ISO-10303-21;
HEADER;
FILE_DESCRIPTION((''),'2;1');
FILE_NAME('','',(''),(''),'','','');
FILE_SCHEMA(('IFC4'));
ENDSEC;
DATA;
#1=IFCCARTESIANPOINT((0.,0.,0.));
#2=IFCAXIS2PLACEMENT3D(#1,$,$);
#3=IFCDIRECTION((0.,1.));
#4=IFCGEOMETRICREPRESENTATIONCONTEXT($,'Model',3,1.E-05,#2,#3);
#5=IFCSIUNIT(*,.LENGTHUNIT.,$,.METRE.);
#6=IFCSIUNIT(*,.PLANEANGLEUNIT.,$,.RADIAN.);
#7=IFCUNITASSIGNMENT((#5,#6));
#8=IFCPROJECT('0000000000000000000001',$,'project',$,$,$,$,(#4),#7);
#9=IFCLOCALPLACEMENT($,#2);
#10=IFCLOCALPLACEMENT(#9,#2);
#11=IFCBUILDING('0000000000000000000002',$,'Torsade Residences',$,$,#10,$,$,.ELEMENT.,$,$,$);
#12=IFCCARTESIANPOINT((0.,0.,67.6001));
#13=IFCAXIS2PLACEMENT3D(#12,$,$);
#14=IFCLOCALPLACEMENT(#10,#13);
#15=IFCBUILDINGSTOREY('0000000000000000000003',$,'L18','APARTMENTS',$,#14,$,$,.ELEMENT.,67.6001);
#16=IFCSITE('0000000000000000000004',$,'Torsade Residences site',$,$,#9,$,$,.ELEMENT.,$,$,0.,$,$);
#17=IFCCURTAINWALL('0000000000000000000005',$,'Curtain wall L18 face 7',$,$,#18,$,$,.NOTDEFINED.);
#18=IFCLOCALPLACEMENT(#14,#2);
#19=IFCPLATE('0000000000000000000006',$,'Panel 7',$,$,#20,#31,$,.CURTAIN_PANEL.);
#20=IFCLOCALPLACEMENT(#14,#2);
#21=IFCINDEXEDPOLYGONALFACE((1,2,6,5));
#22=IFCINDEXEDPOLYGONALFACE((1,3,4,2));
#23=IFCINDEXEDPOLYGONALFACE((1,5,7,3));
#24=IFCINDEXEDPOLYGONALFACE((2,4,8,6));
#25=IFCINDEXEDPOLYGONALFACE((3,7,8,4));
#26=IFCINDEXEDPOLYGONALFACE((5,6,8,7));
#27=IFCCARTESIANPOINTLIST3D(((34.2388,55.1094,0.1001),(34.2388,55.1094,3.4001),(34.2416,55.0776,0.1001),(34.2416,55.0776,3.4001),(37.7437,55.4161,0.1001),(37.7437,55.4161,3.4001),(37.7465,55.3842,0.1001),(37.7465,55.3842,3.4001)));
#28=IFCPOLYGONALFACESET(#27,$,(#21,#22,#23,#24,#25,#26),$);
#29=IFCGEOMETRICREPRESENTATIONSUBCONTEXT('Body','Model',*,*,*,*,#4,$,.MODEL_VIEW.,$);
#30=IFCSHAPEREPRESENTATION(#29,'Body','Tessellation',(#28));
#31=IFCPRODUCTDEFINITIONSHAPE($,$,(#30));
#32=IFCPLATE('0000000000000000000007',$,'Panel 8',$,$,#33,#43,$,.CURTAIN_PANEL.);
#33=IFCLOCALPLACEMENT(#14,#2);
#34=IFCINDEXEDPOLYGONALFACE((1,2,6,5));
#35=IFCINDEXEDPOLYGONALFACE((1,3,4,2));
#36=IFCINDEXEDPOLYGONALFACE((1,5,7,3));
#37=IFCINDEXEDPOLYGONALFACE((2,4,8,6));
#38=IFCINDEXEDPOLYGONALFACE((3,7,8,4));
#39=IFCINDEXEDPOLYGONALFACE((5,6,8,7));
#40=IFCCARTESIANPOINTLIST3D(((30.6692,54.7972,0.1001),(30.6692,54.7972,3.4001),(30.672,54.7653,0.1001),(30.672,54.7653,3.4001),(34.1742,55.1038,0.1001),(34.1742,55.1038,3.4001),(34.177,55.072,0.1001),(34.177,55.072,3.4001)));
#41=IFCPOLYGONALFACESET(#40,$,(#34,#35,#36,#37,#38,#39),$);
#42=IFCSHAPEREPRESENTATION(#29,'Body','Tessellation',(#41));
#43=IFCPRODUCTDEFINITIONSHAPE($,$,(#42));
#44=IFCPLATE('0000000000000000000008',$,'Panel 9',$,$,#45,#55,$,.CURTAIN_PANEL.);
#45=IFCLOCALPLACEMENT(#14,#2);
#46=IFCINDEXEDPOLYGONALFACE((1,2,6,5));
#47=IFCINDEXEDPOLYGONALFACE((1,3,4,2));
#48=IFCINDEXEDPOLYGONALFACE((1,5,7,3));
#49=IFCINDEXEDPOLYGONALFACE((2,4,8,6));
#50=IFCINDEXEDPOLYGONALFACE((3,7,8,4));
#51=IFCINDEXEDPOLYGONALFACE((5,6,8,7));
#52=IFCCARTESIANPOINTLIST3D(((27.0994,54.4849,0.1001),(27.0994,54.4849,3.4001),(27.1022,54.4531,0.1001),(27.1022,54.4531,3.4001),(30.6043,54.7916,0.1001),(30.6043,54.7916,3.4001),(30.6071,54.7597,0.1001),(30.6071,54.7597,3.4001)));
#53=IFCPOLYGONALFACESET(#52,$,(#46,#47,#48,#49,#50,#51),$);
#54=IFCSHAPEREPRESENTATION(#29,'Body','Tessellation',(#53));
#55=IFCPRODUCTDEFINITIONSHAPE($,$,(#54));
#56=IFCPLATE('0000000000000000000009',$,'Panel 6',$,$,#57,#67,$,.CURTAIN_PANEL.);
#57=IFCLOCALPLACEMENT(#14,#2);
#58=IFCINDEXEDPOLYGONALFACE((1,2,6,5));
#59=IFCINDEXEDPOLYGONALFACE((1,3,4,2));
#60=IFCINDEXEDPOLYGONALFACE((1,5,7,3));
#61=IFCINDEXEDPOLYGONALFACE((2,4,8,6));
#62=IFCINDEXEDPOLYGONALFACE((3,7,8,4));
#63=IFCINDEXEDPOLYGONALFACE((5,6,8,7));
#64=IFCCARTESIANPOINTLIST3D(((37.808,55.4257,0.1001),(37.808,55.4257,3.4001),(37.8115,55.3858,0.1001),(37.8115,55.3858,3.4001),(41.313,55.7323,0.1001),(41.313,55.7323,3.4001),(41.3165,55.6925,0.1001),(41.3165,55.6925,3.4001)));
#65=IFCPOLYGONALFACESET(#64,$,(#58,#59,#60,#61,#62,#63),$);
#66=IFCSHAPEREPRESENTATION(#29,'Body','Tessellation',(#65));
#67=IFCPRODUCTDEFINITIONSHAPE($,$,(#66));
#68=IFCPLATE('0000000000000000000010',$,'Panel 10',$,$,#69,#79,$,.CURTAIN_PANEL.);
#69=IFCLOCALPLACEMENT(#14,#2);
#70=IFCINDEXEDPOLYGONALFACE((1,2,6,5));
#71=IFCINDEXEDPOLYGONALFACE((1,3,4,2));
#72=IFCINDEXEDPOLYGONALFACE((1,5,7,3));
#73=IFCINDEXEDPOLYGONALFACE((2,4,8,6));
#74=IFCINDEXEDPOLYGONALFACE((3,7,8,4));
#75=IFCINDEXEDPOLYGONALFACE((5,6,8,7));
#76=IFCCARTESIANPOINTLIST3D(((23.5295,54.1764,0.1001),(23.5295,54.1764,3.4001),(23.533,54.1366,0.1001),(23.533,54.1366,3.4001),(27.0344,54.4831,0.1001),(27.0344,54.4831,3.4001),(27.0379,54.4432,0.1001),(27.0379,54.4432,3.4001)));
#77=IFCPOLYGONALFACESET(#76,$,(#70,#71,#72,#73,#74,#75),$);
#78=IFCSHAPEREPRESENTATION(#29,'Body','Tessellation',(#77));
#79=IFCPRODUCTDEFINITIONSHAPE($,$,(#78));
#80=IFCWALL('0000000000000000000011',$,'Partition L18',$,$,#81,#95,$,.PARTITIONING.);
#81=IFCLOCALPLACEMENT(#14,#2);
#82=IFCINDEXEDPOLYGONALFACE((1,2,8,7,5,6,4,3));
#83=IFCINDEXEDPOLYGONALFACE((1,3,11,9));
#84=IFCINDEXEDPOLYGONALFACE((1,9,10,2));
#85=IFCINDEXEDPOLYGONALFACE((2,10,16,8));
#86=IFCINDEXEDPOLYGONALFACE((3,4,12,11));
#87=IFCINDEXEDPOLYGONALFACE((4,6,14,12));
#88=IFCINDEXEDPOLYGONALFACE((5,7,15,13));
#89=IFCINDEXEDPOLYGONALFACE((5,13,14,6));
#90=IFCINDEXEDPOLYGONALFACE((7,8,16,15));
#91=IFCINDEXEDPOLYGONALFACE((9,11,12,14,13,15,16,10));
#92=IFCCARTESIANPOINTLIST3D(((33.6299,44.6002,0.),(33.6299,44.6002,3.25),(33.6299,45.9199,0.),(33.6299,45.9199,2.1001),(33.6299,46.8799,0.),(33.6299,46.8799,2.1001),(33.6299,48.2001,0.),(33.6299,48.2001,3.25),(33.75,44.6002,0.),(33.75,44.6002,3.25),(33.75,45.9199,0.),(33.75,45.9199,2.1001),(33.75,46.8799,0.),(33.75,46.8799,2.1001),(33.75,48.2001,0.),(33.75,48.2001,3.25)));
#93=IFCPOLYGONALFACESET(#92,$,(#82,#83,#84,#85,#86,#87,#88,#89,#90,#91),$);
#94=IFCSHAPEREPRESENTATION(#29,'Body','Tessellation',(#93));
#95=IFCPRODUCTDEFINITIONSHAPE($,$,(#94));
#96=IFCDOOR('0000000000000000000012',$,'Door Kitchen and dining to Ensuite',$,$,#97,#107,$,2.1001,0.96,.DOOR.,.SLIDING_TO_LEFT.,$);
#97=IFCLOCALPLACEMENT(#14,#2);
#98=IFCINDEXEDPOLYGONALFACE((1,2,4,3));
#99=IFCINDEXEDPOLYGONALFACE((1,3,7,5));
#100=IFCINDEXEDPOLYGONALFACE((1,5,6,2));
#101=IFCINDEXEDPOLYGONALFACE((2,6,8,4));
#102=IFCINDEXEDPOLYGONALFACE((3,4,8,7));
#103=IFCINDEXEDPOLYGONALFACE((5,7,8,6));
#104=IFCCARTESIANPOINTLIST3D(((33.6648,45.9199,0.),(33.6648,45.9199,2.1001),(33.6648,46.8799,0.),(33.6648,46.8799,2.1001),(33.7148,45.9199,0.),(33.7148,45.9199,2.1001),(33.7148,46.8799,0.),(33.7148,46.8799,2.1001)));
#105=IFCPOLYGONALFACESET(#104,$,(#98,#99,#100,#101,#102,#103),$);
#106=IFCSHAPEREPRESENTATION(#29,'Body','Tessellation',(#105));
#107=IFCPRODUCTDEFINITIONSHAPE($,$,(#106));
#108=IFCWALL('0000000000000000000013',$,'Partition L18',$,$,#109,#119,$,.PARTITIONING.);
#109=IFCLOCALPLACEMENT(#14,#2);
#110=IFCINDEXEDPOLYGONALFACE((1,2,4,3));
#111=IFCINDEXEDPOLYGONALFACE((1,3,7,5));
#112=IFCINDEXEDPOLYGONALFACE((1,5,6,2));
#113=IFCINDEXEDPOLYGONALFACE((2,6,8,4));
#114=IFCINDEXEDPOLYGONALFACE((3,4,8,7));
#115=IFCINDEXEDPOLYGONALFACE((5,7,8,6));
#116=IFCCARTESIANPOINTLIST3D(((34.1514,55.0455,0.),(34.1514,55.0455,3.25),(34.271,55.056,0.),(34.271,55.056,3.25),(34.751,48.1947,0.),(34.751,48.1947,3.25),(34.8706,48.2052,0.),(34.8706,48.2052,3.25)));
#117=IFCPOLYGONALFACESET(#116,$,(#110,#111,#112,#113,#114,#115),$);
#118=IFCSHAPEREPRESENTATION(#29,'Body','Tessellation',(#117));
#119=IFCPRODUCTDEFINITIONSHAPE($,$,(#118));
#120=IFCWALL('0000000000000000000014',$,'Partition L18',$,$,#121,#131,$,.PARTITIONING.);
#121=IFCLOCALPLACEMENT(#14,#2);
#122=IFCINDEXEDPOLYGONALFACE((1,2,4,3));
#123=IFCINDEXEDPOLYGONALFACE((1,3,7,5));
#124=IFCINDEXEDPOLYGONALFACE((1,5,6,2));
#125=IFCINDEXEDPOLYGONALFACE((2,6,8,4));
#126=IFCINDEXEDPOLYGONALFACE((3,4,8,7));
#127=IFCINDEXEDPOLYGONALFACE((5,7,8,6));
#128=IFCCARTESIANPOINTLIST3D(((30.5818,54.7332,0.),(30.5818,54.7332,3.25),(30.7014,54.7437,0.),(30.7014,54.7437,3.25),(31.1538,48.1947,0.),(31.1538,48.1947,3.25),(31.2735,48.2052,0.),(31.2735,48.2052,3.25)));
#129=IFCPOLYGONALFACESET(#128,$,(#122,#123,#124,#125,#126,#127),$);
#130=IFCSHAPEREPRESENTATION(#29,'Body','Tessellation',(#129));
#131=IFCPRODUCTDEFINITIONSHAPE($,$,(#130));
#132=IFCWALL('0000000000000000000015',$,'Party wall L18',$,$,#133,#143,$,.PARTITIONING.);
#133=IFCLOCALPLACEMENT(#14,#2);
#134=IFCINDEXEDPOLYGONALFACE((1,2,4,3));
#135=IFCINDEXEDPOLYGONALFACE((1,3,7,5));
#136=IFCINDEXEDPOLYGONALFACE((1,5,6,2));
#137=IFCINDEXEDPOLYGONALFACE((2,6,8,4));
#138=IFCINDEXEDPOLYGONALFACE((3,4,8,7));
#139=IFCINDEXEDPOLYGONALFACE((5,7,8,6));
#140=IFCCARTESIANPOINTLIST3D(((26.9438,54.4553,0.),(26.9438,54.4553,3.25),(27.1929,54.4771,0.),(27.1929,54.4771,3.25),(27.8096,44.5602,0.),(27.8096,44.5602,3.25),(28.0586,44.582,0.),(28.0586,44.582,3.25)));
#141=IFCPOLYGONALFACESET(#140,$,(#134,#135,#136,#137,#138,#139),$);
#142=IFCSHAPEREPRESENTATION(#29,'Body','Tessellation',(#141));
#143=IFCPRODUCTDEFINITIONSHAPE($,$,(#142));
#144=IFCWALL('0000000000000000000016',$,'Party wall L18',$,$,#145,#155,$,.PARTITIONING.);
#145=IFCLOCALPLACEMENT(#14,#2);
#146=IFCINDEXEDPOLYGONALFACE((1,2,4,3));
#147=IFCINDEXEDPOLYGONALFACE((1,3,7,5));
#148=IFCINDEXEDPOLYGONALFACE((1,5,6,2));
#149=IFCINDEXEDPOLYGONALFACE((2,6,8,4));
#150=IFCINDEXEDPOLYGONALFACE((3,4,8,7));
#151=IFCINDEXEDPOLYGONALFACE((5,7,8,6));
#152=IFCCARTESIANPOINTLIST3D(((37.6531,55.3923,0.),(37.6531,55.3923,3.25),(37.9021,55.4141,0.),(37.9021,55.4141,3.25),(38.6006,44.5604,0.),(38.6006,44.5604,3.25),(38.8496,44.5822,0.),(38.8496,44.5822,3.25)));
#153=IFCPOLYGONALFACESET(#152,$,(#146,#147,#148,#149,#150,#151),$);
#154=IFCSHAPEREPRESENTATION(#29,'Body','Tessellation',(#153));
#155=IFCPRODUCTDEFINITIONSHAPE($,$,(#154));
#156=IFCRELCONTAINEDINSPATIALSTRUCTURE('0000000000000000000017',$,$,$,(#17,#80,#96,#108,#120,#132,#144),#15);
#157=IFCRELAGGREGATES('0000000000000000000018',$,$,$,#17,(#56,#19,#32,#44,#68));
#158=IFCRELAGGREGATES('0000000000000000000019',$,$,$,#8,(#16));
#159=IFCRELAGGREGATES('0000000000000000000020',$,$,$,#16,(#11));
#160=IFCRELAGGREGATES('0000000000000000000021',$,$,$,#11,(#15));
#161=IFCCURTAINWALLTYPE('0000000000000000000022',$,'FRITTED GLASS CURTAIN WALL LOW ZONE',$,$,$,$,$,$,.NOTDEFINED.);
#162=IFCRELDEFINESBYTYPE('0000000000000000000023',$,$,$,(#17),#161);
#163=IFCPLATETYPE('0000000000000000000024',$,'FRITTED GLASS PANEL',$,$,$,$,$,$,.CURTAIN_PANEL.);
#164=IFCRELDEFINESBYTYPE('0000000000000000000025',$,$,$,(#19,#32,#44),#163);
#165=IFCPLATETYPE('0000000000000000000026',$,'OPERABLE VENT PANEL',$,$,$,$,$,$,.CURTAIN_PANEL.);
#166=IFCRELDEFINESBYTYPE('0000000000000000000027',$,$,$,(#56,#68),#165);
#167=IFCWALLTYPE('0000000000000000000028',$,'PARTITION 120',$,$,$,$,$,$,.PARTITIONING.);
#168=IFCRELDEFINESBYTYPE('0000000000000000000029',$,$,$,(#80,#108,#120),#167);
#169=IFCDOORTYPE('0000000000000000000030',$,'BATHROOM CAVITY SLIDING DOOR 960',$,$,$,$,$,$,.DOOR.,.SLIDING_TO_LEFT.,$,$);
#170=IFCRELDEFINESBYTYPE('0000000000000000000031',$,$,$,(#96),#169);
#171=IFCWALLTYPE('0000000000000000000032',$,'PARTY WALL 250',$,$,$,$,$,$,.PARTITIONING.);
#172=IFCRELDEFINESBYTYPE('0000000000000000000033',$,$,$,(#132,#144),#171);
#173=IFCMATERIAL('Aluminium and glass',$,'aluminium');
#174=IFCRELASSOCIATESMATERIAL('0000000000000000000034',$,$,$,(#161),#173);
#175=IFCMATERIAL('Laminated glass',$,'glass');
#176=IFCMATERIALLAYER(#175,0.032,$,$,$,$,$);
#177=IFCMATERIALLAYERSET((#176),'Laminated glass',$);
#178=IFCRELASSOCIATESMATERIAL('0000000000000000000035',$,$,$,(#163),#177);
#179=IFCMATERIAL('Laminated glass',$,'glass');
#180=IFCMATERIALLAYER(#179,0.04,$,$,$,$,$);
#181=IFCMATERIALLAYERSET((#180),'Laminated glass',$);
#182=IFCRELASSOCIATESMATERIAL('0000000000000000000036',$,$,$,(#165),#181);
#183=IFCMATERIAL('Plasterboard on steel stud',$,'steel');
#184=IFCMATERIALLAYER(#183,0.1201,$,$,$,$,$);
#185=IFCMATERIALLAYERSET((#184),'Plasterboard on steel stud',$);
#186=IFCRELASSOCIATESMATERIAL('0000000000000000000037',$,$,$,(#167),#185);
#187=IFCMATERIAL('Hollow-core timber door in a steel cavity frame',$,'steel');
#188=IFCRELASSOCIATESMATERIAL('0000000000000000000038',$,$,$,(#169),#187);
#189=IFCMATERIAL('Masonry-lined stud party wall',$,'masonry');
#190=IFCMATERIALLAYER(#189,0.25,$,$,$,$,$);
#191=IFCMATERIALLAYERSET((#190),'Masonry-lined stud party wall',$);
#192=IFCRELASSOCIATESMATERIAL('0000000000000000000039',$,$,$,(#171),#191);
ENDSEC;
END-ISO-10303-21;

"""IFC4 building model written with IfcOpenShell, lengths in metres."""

from ifc_helpers import new_model, si_unit, direction, frame, frame_2d, origin, origin_2d, place, context, subcontext, project, spatial, rectangle, extrude, material, layer, layer_set, type_object, element, fill, aggregate, save


model = new_model("IFC4")

# Units and contexts
model_context = context("Model", 3, precision=1e-05, world=origin(), true_north=direction((0.0, 1.0)))
body_context = subcontext(model_context, "Body", "Model", "MODEL_VIEW")
ifc_project = project(units=[si_unit("LENGTHUNIT", "METRE"), si_unit("PLANEANGLEUNIT", "RADIAN")], contexts=[model_context])

# Site, building, storey
site_placement = place(None, origin())
site = spatial("IfcSite", under=ifc_project, at=site_placement, Name="Torsade Residences site", CompositionType="ELEMENT", RefElevation=0.0)
building_placement = place(site_placement, origin())
building = spatial("IfcBuilding", under=site, at=building_placement, Name="Torsade Residences", CompositionType="ELEMENT")
storey_placement = place(building_placement, frame((0.0, 0.0, 67.6001)))
storey = spatial("IfcBuildingStorey", under=building, at=storey_placement, Name="L18", Description="APARTMENTS", CompositionType="ELEMENT", Elevation=67.6001)

# Curtain wall
ifc_material_1 = material(Name="Aluminium and glass", Category="aluminium")
curtain_wall_type = type_object("IfcCurtainWallType", Name="FRITTED GLASS CURTAIN WALL LOW ZONE", PredefinedType="NOTDEFINED", material=ifc_material_1)
curtain_wall_placement = place(storey_placement, origin())
curtain_wall = element("IfcCurtainWall", 1, at=curtain_wall_placement, inside=storey, type_object=curtain_wall_type, Name="Curtain wall L18 face 7", PredefinedType="NOTDEFINED")

# Plates
ifc_material_2 = material(Name="Laminated glass", Category="glass")
ifc_layer_1 = layer(ifc_material_2, 0.032)
ifc_layer_set_1 = layer_set([ifc_layer_1], Name="Laminated glass")
plate_type_1 = type_object("IfcPlateType", Name="FRITTED GLASS PANEL", PredefinedType="CURTAIN_PANEL", material=ifc_layer_set_1)
plate_1_placement = place(storey_placement, frame((35.9927, 55.2468, 0.1001), z_axis=(0.0, 0.0, 1.0), x_axis=(-0.996195, -0.087156, 0.0)))
plate_1 = element("IfcPlate", 2, at=plate_1_placement, type_object=plate_type_1, Name="Panel 7", PredefinedType="CURTAIN_PANEL", context=body_context, shape_type="SweptSolid", body=[
    extrude(rectangle(XDim=3.5183, YDim=0.032, at=origin_2d()), origin(), (0.0, 0.0, 1.0), 3.3),
])
plate_2_placement = place(storey_placement, frame((32.4231, 54.9346, 0.1001), z_axis=(0.0, 0.0, 1.0), x_axis=(-0.996195, -0.087156, 0.0)))
plate_2 = element("IfcPlate", 3, at=plate_2_placement, type_object=plate_type_1, Name="Panel 8", PredefinedType="CURTAIN_PANEL", context=body_context, shape_type="SweptSolid", body=[
    extrude(rectangle(XDim=3.5183, YDim=0.032, at=origin_2d()), origin(), (0.0, 0.0, 1.0), 3.3),
])
plate_3_placement = place(storey_placement, frame((28.8533, 54.6223, 0.1001), z_axis=(0.0, 0.0, 1.0), x_axis=(-0.996195, -0.087156, 0.0)))
plate_3 = element("IfcPlate", 4, at=plate_3_placement, type_object=plate_type_1, Name="Panel 9", PredefinedType="CURTAIN_PANEL", context=body_context, shape_type="SweptSolid", body=[
    extrude(rectangle(XDim=3.5183, YDim=0.032, at=origin_2d()), origin(), (0.0, 0.0, 1.0), 3.3),
])
ifc_material_3 = material(Name="Laminated glass", Category="glass")
ifc_layer_2 = layer(ifc_material_3, 0.04)
ifc_layer_set_2 = layer_set([ifc_layer_2], Name="Laminated glass")
plate_type_2 = type_object("IfcPlateType", Name="OPERABLE VENT PANEL", PredefinedType="CURTAIN_PANEL", material=ifc_layer_set_2)
plate_4_placement = place(storey_placement, frame((39.5623, 55.5591, 0.1001), z_axis=(0.0, 0.0, 1.0), x_axis=(-0.996195, -0.087156, 0.0)))
plate_4 = element("IfcPlate", 5, at=plate_4_placement, type_object=plate_type_2, Name="Panel 6", PredefinedType="CURTAIN_PANEL", context=body_context, shape_type="SweptSolid", body=[
    extrude(rectangle(XDim=3.5183, YDim=0.04, at=origin_2d()), origin(), (0.0, 0.0, 1.0), 3.3),
])
plate_5_placement = place(storey_placement, frame((25.2837, 54.3098, 0.1001), z_axis=(0.0, 0.0, 1.0), x_axis=(-0.996195, -0.087156, 0.0)))
plate_5 = element("IfcPlate", 6, at=plate_5_placement, type_object=plate_type_2, Name="Panel 10", PredefinedType="CURTAIN_PANEL", context=body_context, shape_type="SweptSolid", body=[
    extrude(rectangle(XDim=3.5183, YDim=0.04, at=origin_2d()), origin(), (0.0, 0.0, 1.0), 3.3),
])
aggregate(curtain_wall, [plate_4, plate_1, plate_2, plate_3, plate_5])

# Wall, opening, door
ifc_material_4 = material(Name="Plasterboard on steel stud", Category="steel")
ifc_layer_3 = layer(ifc_material_4, 0.1201)
ifc_layer_set_3 = layer_set([ifc_layer_3], Name="Plasterboard on steel stud")
wall_type_1 = type_object("IfcWallType", Name="PARTITION 120", PredefinedType="PARTITIONING", material=ifc_layer_set_3)
wall_1_placement = place(storey_placement, frame((33.6899, 48.2, 0.0), z_axis=(0.0, 0.0, 1.0), x_axis=(0.0, -1.0, 0.0)))
wall_1 = element("IfcWall", 7, at=wall_1_placement, inside=storey, type_object=wall_type_1, Name="Partition L18", PredefinedType="PARTITIONING", context=body_context, shape_type="SweptSolid", body=[
    extrude(rectangle(XDim=3.5999, YDim=0.1201, at=frame_2d((1.7998, 0.0))), origin(), (0.0, 0.0, 1.0), 3.25),
])
opening_placement = place(wall_1_placement, frame((1.3201, 0.0, 0.0)))
opening = element("IfcOpeningElement", 8, at=opening_placement, cuts=wall_1, PredefinedType="OPENING", context=body_context, shape_type="SweptSolid", body=[
    extrude(rectangle(XDim=0.96, YDim=2.1001, at=frame_2d((0.48, 1.05))), frame((0.0, 0.0701, 0.0), z_axis=(0.0, -1.0, 0.0), x_axis=(1.0, 0.0, 0.0)), (0.0, 0.0, 1.0), 0.1401),
])
ifc_material_5 = material(Name="Hollow-core timber door in a steel cavity frame", Category="steel")
door_type = type_object("IfcDoorType", Name="BATHROOM CAVITY SLIDING DOOR 960", OperationType="SLIDING_TO_LEFT", PredefinedType="DOOR", material=ifc_material_5)
door_placement = place(opening_placement, origin())
door = element("IfcDoor", 9, at=door_placement, inside=storey, type_object=door_type, Name="Door Kitchen and dining to Ensuite", OperationType="SLIDING_TO_LEFT", OverallHeight=2.1001, OverallWidth=0.96, PredefinedType="DOOR", context=body_context, shape_type="SweptSolid", body=[
    extrude(rectangle(XDim=0.96, YDim=2.1001, at=frame_2d((0.48, 1.05))), frame((0.0, 0.0249, 0.0), z_axis=(0.0, -1.0, 0.0), x_axis=(1.0, 0.0, 0.0)), (0.0, 0.0, 1.0), 0.05),
])
fill(opening, door)

# Walls
wall_2_placement = place(storey_placement, frame((34.8108, 48.2, 0.0), z_axis=(0.0, 0.0, 1.0), x_axis=(-0.08719, 0.996192, 0.0)))
element("IfcWall", 10, at=wall_2_placement, inside=storey, type_object=wall_type_1, Name="Partition L18", PredefinedType="PARTITIONING", context=body_context, shape_type="SweptSolid", body=[
    extrude(rectangle(XDim=6.877, YDim=0.1201, at=frame_2d((3.4385, 0.0))), origin(), (0.0, 0.0, 1.0), 3.25),
])
wall_3_placement = place(storey_placement, frame((31.2136, 48.2, 0.0), z_axis=(0.0, 0.0, 1.0), x_axis=(-0.087151, 0.996195, 0.0)))
element("IfcWall", 11, at=wall_3_placement, inside=storey, type_object=wall_type_1, Name="Partition L18", PredefinedType="PARTITIONING", context=body_context, shape_type="SweptSolid", body=[
    extrude(rectangle(XDim=6.5635, YDim=0.1201, at=frame_2d((3.2817, 0.0))), origin(), (0.0, 0.0, 1.0), 3.25),
])
ifc_material_6 = material(Name="Masonry-lined stud party wall", Category="masonry")
ifc_layer_4 = layer(ifc_material_6, 0.25)
ifc_layer_set_4 = layer_set([ifc_layer_4], Name="Masonry-lined stud party wall")
wall_type_2 = type_object("IfcWallType", Name="PARTY WALL 250", PredefinedType="PARTITIONING", material=ifc_layer_set_4)
wall_4_placement = place(storey_placement, frame((27.0684, 54.4661, 0.0), z_axis=(0.0, 0.0, 1.0), x_axis=(0.087158, -0.996195, 0.0)))
element("IfcWall", 12, at=wall_4_placement, inside=storey, type_object=wall_type_2, Name="Party wall L18", PredefinedType="PARTITIONING", context=body_context, shape_type="SweptSolid", body=[
    extrude(rectangle(XDim=9.9329, YDim=0.25, at=frame_2d((4.9663, 0.0))), origin(), (0.0, 0.0, 1.0), 3.25),
])
wall_5_placement = place(storey_placement, frame((37.7776, 55.4031, 0.0), z_axis=(0.0, 0.0, 1.0), x_axis=(0.08714, -0.996196, 0.0)))
element("IfcWall", 13, at=wall_5_placement, inside=storey, type_object=wall_type_2, Name="Party wall L18", PredefinedType="PARTITIONING", context=body_context, shape_type="SweptSolid", body=[
    extrude(rectangle(XDim=10.8733, YDim=0.25, at=frame_2d((5.4365, 0.0))), origin(), (0.0, 0.0, 1.0), 3.25),
])

save(model, "model.ifc")
